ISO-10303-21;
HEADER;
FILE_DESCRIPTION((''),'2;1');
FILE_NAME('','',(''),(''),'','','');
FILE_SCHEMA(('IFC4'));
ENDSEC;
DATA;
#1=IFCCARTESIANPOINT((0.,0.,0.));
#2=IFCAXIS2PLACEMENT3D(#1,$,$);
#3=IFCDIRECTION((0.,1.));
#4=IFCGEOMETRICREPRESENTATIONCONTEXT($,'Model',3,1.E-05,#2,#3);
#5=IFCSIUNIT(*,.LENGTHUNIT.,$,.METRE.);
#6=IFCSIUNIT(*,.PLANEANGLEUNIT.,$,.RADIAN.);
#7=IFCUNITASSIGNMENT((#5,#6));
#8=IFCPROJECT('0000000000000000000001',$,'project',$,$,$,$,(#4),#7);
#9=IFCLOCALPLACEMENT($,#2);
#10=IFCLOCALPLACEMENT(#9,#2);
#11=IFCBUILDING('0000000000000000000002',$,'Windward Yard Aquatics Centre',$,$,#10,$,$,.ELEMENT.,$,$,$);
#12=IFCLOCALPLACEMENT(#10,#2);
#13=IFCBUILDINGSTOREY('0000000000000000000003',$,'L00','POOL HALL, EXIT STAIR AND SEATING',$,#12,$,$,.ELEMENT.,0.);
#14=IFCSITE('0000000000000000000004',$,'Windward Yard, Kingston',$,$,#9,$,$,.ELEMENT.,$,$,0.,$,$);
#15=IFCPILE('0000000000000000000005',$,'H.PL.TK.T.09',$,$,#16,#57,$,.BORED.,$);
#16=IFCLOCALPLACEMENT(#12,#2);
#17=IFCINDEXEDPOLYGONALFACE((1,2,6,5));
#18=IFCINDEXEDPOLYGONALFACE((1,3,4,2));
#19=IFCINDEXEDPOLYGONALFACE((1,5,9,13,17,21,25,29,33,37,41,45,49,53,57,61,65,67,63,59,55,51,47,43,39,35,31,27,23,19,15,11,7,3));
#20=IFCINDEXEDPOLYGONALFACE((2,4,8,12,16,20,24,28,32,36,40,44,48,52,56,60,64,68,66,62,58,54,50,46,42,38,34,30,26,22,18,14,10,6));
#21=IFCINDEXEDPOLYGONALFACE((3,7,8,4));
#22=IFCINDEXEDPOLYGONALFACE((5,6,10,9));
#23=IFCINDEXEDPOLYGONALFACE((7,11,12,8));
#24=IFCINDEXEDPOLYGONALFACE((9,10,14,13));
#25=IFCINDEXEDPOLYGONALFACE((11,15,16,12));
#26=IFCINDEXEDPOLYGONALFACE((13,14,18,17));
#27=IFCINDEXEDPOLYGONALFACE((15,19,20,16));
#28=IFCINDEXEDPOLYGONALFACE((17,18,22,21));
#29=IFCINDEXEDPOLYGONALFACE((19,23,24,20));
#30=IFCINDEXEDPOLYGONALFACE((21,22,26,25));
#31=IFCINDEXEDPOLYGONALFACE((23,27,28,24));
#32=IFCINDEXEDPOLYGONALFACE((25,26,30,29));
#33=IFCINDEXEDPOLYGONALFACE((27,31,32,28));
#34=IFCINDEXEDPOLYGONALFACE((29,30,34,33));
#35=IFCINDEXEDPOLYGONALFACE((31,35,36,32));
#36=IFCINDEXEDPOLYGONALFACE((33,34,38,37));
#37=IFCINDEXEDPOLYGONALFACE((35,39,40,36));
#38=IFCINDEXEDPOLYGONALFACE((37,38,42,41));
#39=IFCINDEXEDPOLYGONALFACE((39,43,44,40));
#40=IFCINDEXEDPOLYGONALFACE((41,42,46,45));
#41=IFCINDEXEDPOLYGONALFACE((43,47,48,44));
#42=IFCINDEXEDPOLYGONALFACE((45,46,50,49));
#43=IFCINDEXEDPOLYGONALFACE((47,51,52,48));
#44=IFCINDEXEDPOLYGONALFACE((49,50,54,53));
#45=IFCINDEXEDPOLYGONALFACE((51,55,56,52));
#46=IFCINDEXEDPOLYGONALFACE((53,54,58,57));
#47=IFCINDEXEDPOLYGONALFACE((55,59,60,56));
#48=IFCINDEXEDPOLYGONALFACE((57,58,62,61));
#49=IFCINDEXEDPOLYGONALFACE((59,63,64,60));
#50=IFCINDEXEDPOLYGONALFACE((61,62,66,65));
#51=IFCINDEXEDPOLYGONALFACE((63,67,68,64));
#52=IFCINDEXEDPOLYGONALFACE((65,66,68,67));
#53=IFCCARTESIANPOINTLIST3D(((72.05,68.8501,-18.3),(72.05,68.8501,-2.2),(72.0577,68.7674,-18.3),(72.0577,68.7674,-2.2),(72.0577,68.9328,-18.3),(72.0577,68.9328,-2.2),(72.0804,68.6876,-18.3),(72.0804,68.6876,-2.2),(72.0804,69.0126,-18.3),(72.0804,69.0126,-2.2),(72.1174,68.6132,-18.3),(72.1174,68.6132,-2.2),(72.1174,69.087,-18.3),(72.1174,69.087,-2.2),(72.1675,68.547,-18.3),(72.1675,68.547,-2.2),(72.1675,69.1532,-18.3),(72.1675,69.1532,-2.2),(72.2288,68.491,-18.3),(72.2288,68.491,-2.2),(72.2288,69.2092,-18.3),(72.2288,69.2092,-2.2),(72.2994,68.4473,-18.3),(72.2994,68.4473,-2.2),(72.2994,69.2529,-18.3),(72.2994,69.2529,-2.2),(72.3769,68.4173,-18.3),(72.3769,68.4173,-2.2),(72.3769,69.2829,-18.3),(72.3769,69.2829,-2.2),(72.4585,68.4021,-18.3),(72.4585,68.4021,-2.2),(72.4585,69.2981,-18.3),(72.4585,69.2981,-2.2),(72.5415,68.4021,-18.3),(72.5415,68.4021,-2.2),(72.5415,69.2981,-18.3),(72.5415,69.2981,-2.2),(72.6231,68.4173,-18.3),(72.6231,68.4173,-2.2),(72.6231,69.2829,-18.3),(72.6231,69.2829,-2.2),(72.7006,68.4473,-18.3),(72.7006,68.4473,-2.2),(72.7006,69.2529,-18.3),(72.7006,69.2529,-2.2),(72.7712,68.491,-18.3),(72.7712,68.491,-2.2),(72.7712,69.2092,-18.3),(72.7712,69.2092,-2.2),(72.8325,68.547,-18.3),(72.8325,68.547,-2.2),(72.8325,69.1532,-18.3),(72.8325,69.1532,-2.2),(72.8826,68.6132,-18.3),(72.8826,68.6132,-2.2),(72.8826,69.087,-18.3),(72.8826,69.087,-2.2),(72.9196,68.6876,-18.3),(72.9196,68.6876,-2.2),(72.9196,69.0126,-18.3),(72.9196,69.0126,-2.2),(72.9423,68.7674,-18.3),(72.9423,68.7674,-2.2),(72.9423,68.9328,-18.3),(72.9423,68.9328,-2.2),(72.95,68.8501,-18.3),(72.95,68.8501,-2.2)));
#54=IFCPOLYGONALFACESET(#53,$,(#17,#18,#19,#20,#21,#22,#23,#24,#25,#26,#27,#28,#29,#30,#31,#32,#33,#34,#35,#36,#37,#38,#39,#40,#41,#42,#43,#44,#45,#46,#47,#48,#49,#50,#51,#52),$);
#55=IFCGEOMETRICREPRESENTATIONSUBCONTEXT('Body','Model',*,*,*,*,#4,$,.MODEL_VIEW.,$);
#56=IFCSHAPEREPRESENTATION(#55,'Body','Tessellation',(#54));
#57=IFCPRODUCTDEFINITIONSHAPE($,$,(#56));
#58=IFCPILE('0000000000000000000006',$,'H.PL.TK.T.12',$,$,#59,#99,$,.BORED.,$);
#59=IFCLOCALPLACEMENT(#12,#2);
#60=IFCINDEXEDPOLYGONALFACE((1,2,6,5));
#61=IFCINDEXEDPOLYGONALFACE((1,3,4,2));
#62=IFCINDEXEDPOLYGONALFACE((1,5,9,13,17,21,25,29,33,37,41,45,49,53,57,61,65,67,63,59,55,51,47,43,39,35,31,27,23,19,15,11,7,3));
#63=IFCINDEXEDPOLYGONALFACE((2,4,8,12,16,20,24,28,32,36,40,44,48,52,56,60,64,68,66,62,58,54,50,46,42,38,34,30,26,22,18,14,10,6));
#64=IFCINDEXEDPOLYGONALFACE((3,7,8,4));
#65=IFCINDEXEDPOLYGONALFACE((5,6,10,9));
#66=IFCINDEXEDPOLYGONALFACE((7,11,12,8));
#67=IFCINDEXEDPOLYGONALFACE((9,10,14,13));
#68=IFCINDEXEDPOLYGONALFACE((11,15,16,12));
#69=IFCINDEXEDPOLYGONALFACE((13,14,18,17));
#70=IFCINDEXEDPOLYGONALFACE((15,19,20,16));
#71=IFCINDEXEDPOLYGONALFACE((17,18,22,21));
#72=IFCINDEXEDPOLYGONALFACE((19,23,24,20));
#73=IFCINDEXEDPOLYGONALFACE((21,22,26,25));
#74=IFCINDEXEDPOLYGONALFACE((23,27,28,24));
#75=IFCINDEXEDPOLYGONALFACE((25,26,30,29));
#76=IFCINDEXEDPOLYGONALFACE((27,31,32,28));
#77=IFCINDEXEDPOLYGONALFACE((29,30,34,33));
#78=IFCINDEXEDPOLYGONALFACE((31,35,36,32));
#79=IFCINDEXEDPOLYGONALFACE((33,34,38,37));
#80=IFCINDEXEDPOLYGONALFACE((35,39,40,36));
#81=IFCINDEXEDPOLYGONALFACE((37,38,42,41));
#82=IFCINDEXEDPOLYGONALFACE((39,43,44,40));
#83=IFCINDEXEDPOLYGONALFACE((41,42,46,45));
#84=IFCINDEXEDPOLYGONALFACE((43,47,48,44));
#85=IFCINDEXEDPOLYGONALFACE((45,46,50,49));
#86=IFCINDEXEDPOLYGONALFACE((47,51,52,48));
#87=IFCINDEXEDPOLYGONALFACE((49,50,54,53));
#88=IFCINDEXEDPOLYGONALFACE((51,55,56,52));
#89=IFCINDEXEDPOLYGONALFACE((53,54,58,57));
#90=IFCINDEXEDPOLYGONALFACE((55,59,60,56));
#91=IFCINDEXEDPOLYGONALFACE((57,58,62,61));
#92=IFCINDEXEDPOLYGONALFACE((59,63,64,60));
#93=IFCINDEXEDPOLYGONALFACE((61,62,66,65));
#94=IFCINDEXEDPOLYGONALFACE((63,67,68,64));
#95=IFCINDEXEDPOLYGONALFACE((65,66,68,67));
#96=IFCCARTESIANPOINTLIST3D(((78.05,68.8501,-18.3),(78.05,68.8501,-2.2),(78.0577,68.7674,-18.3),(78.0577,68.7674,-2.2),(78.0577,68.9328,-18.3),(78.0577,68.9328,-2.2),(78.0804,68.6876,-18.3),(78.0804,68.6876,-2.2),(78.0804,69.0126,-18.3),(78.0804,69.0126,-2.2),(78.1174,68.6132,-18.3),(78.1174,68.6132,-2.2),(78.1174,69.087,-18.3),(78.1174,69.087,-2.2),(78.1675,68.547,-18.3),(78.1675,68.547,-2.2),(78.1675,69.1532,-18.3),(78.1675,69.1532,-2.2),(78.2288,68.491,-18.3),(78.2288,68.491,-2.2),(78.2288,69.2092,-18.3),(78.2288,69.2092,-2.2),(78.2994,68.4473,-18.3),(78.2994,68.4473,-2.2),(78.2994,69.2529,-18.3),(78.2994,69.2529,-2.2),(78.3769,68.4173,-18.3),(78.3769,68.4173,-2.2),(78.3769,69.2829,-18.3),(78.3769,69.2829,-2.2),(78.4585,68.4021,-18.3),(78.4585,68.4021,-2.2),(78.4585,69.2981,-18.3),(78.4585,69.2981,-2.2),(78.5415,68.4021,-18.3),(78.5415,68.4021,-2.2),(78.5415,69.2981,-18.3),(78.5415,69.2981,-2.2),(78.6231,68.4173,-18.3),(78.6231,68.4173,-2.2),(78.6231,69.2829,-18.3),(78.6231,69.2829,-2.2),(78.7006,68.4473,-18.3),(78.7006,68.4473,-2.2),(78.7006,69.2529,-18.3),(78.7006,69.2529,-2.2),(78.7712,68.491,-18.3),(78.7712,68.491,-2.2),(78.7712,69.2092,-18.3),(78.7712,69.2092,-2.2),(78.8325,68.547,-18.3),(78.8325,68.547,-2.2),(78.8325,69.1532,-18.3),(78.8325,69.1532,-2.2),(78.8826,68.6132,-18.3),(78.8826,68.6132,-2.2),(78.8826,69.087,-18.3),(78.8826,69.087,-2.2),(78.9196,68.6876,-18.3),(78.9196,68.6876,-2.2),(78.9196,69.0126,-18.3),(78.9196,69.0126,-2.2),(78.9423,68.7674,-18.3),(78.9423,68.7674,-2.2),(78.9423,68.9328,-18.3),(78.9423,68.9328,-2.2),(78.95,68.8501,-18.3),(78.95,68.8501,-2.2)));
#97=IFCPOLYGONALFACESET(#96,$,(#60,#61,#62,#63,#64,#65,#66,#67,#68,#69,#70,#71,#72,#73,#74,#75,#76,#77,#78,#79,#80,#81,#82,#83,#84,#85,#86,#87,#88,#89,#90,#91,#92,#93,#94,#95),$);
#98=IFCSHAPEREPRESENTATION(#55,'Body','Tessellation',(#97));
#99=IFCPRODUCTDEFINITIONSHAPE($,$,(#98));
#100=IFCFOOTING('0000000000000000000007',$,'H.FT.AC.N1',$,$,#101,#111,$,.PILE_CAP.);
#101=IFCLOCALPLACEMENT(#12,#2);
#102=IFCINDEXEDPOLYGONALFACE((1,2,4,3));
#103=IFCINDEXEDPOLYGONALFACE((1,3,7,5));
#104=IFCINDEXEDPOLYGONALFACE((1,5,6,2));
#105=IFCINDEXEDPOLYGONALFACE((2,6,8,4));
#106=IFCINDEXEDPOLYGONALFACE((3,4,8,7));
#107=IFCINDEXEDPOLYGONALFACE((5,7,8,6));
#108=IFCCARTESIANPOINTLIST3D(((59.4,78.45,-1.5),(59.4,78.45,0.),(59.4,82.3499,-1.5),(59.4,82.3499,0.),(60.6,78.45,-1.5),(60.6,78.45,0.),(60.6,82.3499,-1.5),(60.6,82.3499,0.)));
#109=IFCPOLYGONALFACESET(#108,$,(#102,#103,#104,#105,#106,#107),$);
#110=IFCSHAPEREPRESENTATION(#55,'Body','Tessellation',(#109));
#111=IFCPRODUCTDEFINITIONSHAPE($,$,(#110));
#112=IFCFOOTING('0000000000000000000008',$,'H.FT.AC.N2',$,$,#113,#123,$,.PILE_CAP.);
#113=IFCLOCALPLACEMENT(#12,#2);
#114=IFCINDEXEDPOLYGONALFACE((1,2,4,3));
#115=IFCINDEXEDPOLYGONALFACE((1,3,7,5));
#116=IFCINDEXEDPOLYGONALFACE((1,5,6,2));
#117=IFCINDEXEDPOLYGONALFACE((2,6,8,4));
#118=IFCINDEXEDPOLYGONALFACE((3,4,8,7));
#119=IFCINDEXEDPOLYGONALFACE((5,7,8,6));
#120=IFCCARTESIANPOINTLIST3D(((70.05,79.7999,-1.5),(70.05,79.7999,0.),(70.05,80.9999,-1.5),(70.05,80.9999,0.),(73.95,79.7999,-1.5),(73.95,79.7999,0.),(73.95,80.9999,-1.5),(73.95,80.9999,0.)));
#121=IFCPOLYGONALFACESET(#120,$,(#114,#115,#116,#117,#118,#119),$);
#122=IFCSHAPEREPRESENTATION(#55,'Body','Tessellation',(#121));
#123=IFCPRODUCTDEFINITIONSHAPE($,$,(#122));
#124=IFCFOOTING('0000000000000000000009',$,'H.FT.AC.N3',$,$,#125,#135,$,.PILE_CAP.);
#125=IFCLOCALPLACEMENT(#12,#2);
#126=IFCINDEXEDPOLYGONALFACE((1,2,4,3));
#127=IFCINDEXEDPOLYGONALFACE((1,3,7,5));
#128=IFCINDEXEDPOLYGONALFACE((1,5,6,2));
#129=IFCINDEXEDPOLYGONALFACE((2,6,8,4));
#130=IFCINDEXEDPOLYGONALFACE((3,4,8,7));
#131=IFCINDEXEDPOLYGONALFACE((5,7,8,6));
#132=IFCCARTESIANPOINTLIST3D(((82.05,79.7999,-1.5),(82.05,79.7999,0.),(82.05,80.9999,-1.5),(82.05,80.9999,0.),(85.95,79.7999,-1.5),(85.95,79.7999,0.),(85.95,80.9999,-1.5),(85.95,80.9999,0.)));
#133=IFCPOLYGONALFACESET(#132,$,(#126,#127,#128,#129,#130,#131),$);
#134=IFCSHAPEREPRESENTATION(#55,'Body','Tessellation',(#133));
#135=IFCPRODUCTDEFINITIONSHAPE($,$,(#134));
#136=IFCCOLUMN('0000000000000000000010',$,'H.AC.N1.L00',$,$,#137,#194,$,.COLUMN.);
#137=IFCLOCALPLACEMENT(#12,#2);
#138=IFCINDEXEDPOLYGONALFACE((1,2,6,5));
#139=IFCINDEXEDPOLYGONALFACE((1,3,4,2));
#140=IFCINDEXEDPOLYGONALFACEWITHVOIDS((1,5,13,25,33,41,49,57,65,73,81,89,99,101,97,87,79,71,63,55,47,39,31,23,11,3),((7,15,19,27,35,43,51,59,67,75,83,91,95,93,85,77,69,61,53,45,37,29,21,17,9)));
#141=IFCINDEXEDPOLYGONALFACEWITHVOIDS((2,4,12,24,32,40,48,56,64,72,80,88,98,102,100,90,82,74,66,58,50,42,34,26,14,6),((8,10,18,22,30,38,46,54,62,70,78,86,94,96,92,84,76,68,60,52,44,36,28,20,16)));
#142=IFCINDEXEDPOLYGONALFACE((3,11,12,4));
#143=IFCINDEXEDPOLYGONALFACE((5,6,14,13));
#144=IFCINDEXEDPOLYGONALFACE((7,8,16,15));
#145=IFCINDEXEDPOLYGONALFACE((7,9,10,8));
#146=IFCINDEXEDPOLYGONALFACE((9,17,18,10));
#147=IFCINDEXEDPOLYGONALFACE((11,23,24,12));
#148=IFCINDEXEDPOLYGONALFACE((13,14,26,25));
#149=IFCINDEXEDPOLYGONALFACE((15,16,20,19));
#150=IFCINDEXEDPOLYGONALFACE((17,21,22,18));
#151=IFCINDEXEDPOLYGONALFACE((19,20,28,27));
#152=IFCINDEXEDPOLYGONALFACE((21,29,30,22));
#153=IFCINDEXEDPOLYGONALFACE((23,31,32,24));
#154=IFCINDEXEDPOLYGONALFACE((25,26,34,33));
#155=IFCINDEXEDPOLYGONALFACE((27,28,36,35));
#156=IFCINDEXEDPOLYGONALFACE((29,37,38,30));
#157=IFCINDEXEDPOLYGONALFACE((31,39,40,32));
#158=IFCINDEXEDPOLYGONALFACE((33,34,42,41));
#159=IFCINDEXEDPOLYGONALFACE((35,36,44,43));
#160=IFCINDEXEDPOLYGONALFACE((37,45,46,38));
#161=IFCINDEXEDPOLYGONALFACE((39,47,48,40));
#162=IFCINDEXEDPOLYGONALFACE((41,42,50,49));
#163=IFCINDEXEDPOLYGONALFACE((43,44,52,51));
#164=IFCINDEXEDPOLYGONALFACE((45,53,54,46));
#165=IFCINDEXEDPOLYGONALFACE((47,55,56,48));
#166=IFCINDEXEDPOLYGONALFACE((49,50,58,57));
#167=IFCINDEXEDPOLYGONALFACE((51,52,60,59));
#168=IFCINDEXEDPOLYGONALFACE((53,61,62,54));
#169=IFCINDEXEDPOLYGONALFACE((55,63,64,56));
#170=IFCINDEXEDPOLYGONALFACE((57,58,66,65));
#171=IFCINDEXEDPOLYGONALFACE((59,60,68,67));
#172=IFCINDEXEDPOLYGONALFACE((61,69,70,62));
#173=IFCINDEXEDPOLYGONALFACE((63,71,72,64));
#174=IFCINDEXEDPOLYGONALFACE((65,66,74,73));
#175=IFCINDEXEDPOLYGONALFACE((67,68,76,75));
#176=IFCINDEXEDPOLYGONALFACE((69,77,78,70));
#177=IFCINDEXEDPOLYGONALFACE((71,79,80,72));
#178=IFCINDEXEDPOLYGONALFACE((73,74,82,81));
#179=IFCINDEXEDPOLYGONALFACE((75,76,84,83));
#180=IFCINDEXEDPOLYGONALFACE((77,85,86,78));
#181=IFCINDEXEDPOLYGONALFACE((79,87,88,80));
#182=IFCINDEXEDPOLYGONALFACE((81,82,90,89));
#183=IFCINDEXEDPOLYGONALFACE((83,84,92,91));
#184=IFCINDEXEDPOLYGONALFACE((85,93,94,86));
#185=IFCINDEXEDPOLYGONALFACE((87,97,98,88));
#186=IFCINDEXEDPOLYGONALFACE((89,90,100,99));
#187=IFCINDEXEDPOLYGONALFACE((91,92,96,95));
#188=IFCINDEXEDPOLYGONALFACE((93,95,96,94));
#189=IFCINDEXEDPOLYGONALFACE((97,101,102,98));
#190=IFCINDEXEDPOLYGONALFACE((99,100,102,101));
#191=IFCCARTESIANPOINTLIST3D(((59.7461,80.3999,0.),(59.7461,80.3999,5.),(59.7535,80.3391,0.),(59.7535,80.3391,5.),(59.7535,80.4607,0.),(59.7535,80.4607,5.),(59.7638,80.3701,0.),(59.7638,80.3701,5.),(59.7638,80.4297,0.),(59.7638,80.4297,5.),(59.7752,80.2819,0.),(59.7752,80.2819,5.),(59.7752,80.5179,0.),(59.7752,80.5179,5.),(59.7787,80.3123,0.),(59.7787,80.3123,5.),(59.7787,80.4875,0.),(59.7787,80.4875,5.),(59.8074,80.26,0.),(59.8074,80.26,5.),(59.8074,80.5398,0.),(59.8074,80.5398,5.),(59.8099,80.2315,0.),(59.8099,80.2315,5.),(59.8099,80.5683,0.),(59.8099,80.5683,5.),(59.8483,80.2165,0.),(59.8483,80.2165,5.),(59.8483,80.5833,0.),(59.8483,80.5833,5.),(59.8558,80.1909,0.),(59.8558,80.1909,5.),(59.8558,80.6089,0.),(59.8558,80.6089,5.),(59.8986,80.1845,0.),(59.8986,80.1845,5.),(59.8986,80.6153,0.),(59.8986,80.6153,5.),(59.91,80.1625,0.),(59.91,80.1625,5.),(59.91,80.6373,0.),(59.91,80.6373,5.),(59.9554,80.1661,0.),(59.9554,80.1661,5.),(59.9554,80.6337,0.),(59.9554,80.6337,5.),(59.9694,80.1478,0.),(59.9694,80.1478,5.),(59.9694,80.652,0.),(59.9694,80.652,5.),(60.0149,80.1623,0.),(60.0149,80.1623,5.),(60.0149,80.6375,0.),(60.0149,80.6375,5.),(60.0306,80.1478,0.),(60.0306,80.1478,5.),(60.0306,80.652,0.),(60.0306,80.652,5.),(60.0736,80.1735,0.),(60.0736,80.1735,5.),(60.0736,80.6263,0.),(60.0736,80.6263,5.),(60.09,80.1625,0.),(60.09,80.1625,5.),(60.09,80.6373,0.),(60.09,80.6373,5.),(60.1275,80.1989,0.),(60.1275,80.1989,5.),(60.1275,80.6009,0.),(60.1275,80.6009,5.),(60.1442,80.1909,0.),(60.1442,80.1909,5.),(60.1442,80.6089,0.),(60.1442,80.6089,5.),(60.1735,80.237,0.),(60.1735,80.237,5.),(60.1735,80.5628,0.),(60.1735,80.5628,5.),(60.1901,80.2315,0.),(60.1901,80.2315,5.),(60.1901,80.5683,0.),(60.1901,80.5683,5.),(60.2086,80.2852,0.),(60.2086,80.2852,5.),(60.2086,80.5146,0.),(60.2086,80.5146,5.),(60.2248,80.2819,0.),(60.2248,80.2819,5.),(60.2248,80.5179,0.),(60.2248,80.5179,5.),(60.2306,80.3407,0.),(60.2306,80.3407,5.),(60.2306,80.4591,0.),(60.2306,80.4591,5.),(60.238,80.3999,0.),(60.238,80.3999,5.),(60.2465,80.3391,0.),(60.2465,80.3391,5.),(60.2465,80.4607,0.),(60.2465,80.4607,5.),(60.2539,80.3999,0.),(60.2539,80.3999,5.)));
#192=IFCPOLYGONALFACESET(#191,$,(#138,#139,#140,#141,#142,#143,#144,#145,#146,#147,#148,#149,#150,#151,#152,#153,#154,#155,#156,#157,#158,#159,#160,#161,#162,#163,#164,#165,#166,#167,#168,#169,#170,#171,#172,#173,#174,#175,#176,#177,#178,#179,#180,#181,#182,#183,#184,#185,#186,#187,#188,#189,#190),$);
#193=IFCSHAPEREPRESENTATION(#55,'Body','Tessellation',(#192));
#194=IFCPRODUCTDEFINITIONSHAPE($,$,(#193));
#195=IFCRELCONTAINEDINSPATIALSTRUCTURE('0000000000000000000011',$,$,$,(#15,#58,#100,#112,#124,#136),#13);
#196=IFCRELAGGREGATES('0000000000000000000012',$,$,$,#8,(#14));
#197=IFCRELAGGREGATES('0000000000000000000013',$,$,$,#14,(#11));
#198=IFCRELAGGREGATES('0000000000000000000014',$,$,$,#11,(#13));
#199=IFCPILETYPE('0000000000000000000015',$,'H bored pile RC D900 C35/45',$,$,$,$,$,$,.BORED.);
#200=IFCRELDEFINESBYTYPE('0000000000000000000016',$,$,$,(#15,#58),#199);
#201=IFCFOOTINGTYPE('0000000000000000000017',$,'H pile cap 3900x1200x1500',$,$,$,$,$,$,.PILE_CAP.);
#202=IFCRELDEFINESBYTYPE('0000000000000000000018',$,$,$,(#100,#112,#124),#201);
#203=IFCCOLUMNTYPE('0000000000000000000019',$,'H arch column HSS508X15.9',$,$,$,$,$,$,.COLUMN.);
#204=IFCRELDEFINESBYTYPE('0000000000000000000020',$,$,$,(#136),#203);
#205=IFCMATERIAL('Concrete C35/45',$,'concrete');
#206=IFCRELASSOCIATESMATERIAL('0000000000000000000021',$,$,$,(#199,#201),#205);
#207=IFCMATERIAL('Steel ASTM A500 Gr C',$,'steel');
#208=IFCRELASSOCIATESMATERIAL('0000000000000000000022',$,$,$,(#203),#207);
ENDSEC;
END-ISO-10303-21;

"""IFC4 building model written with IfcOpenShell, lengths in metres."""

from ifc_helpers import new_model, si_unit, direction, frame, origin, origin_2d, place, context, subcontext, project, spatial, rectangle, circle, hollow_circle, extrude, material, material_profile, profile_set, type_object, element, save


model = new_model("IFC4")

# Units and contexts
model_context = context("Model", 3, precision=1e-05, world=origin(), true_north=direction((0.0, 1.0)))
body_context = subcontext(model_context, "Body", "Model", "MODEL_VIEW")
ifc_project = project(units=[si_unit("LENGTHUNIT", "METRE"), si_unit("PLANEANGLEUNIT", "RADIAN")], contexts=[model_context])

# Site, building, storey
site_placement = place(None, origin())
site = spatial("IfcSite", under=ifc_project, at=site_placement, Name="Windward Yard, Kingston", CompositionType="ELEMENT", RefElevation=0.0)
building_placement = place(site_placement, origin())
building = spatial("IfcBuilding", under=site, at=building_placement, Name="Windward Yard Aquatics Centre", CompositionType="ELEMENT")
storey_placement = place(building_placement, origin())
storey = spatial("IfcBuildingStorey", under=building, at=storey_placement, Name="L00", Description="POOL HALL, EXIT STAIR AND SEATING", CompositionType="ELEMENT", Elevation=0.0)

# Piles
ifc_material_1 = material(Name="Concrete C35/45", Category="concrete")
ifc_material_profile_1 = material_profile(ifc_material_1, circle(Radius=0.45, at=origin_2d()), Name="RC D900")
ifc_profile_set_1 = profile_set([ifc_material_profile_1], Name="Concrete C35/45")
pile_type = type_object("IfcPileType", Name="H bored pile RC D900 C35/45", PredefinedType="BORED", material=ifc_profile_set_1)
for number, where, z_axis, x_axis, name in (
    (1, (72.5, 68.8501, -2.2), (0.0, 0.0, -1.0), (1.0, 0.0, 0.0), "H.PL.TK.T.09"),
    (2, (78.5, 68.8501, -2.2), (0.0, 0.0, -1.0), (1.0, 0.0, 0.0), "H.PL.TK.T.12"),
):
    element("IfcPile", number, at=place(storey_placement, frame(where, z_axis=z_axis, x_axis=x_axis)), inside=storey, type_object=pile_type, Name=name, PredefinedType="BORED", context=body_context, shape_type="SweptSolid", body=[
        extrude(circle(Radius=0.45, at=origin_2d()), origin(), (0.0, 0.0, 1.0), 16.1001),
    ])

# Footings
footing_type = type_object("IfcFootingType", Name="H pile cap 3900x1200x1500", PredefinedType="PILE_CAP", material=ifc_material_1)
for number, where, z_axis, x_axis, name in (
    (3, (60.0, 80.3999, -1.5), (0.0, 0.0, 1.0), (0.0, 1.0, 0.0), "H.FT.AC.N1"),
    (4, (72.0, 80.3999, -1.5), (0.0, 0.0, 1.0), (1.0, 0.0, 0.0), "H.FT.AC.N2"),
    (5, (84.0, 80.3999, -1.5), (0.0, 0.0, 1.0), (1.0, 0.0, 0.0), "H.FT.AC.N3"),
):
    element("IfcFooting", number, at=place(storey_placement, frame(where, z_axis=z_axis, x_axis=x_axis)), inside=storey, type_object=footing_type, Name=name, PredefinedType="PILE_CAP", context=body_context, shape_type="SweptSolid", body=[
        extrude(rectangle(XDim=3.8999, YDim=1.2, at=origin_2d()), origin(), (0.0, 0.0, 1.0), 1.5),
    ])

# Column
ifc_material_2 = material(Name="Steel ASTM A500 Gr C", Category="steel")
ifc_material_profile_2 = material_profile(ifc_material_2, hollow_circle(Radius=0.2539, WallThickness=0.0159, at=origin_2d()), Name="HSS508X15.9")
ifc_profile_set_2 = profile_set([ifc_material_profile_2], Name="Steel ASTM A500 Gr C")
column_type = type_object("IfcColumnType", Name="H arch column HSS508X15.9", PredefinedType="COLUMN", material=ifc_profile_set_2)
for number, where, z_axis, x_axis, name in (
    (6, (60.0, 80.3999, 0.0), (0.0, 0.0, 1.0), (1.0, 0.0, 0.0), "H.AC.N1.L00"),
):
    element("IfcColumn", number, at=place(storey_placement, frame(where, z_axis=z_axis, x_axis=x_axis)), inside=storey, type_object=column_type, Name=name, PredefinedType="COLUMN", context=body_context, shape_type="SweptSolid", body=[
        extrude(hollow_circle(Radius=0.2539, WallThickness=0.0159, at=origin_2d()), origin(), (0.0, 0.0, 1.0), 5.0),
    ])

save(model, "model.ifc")
